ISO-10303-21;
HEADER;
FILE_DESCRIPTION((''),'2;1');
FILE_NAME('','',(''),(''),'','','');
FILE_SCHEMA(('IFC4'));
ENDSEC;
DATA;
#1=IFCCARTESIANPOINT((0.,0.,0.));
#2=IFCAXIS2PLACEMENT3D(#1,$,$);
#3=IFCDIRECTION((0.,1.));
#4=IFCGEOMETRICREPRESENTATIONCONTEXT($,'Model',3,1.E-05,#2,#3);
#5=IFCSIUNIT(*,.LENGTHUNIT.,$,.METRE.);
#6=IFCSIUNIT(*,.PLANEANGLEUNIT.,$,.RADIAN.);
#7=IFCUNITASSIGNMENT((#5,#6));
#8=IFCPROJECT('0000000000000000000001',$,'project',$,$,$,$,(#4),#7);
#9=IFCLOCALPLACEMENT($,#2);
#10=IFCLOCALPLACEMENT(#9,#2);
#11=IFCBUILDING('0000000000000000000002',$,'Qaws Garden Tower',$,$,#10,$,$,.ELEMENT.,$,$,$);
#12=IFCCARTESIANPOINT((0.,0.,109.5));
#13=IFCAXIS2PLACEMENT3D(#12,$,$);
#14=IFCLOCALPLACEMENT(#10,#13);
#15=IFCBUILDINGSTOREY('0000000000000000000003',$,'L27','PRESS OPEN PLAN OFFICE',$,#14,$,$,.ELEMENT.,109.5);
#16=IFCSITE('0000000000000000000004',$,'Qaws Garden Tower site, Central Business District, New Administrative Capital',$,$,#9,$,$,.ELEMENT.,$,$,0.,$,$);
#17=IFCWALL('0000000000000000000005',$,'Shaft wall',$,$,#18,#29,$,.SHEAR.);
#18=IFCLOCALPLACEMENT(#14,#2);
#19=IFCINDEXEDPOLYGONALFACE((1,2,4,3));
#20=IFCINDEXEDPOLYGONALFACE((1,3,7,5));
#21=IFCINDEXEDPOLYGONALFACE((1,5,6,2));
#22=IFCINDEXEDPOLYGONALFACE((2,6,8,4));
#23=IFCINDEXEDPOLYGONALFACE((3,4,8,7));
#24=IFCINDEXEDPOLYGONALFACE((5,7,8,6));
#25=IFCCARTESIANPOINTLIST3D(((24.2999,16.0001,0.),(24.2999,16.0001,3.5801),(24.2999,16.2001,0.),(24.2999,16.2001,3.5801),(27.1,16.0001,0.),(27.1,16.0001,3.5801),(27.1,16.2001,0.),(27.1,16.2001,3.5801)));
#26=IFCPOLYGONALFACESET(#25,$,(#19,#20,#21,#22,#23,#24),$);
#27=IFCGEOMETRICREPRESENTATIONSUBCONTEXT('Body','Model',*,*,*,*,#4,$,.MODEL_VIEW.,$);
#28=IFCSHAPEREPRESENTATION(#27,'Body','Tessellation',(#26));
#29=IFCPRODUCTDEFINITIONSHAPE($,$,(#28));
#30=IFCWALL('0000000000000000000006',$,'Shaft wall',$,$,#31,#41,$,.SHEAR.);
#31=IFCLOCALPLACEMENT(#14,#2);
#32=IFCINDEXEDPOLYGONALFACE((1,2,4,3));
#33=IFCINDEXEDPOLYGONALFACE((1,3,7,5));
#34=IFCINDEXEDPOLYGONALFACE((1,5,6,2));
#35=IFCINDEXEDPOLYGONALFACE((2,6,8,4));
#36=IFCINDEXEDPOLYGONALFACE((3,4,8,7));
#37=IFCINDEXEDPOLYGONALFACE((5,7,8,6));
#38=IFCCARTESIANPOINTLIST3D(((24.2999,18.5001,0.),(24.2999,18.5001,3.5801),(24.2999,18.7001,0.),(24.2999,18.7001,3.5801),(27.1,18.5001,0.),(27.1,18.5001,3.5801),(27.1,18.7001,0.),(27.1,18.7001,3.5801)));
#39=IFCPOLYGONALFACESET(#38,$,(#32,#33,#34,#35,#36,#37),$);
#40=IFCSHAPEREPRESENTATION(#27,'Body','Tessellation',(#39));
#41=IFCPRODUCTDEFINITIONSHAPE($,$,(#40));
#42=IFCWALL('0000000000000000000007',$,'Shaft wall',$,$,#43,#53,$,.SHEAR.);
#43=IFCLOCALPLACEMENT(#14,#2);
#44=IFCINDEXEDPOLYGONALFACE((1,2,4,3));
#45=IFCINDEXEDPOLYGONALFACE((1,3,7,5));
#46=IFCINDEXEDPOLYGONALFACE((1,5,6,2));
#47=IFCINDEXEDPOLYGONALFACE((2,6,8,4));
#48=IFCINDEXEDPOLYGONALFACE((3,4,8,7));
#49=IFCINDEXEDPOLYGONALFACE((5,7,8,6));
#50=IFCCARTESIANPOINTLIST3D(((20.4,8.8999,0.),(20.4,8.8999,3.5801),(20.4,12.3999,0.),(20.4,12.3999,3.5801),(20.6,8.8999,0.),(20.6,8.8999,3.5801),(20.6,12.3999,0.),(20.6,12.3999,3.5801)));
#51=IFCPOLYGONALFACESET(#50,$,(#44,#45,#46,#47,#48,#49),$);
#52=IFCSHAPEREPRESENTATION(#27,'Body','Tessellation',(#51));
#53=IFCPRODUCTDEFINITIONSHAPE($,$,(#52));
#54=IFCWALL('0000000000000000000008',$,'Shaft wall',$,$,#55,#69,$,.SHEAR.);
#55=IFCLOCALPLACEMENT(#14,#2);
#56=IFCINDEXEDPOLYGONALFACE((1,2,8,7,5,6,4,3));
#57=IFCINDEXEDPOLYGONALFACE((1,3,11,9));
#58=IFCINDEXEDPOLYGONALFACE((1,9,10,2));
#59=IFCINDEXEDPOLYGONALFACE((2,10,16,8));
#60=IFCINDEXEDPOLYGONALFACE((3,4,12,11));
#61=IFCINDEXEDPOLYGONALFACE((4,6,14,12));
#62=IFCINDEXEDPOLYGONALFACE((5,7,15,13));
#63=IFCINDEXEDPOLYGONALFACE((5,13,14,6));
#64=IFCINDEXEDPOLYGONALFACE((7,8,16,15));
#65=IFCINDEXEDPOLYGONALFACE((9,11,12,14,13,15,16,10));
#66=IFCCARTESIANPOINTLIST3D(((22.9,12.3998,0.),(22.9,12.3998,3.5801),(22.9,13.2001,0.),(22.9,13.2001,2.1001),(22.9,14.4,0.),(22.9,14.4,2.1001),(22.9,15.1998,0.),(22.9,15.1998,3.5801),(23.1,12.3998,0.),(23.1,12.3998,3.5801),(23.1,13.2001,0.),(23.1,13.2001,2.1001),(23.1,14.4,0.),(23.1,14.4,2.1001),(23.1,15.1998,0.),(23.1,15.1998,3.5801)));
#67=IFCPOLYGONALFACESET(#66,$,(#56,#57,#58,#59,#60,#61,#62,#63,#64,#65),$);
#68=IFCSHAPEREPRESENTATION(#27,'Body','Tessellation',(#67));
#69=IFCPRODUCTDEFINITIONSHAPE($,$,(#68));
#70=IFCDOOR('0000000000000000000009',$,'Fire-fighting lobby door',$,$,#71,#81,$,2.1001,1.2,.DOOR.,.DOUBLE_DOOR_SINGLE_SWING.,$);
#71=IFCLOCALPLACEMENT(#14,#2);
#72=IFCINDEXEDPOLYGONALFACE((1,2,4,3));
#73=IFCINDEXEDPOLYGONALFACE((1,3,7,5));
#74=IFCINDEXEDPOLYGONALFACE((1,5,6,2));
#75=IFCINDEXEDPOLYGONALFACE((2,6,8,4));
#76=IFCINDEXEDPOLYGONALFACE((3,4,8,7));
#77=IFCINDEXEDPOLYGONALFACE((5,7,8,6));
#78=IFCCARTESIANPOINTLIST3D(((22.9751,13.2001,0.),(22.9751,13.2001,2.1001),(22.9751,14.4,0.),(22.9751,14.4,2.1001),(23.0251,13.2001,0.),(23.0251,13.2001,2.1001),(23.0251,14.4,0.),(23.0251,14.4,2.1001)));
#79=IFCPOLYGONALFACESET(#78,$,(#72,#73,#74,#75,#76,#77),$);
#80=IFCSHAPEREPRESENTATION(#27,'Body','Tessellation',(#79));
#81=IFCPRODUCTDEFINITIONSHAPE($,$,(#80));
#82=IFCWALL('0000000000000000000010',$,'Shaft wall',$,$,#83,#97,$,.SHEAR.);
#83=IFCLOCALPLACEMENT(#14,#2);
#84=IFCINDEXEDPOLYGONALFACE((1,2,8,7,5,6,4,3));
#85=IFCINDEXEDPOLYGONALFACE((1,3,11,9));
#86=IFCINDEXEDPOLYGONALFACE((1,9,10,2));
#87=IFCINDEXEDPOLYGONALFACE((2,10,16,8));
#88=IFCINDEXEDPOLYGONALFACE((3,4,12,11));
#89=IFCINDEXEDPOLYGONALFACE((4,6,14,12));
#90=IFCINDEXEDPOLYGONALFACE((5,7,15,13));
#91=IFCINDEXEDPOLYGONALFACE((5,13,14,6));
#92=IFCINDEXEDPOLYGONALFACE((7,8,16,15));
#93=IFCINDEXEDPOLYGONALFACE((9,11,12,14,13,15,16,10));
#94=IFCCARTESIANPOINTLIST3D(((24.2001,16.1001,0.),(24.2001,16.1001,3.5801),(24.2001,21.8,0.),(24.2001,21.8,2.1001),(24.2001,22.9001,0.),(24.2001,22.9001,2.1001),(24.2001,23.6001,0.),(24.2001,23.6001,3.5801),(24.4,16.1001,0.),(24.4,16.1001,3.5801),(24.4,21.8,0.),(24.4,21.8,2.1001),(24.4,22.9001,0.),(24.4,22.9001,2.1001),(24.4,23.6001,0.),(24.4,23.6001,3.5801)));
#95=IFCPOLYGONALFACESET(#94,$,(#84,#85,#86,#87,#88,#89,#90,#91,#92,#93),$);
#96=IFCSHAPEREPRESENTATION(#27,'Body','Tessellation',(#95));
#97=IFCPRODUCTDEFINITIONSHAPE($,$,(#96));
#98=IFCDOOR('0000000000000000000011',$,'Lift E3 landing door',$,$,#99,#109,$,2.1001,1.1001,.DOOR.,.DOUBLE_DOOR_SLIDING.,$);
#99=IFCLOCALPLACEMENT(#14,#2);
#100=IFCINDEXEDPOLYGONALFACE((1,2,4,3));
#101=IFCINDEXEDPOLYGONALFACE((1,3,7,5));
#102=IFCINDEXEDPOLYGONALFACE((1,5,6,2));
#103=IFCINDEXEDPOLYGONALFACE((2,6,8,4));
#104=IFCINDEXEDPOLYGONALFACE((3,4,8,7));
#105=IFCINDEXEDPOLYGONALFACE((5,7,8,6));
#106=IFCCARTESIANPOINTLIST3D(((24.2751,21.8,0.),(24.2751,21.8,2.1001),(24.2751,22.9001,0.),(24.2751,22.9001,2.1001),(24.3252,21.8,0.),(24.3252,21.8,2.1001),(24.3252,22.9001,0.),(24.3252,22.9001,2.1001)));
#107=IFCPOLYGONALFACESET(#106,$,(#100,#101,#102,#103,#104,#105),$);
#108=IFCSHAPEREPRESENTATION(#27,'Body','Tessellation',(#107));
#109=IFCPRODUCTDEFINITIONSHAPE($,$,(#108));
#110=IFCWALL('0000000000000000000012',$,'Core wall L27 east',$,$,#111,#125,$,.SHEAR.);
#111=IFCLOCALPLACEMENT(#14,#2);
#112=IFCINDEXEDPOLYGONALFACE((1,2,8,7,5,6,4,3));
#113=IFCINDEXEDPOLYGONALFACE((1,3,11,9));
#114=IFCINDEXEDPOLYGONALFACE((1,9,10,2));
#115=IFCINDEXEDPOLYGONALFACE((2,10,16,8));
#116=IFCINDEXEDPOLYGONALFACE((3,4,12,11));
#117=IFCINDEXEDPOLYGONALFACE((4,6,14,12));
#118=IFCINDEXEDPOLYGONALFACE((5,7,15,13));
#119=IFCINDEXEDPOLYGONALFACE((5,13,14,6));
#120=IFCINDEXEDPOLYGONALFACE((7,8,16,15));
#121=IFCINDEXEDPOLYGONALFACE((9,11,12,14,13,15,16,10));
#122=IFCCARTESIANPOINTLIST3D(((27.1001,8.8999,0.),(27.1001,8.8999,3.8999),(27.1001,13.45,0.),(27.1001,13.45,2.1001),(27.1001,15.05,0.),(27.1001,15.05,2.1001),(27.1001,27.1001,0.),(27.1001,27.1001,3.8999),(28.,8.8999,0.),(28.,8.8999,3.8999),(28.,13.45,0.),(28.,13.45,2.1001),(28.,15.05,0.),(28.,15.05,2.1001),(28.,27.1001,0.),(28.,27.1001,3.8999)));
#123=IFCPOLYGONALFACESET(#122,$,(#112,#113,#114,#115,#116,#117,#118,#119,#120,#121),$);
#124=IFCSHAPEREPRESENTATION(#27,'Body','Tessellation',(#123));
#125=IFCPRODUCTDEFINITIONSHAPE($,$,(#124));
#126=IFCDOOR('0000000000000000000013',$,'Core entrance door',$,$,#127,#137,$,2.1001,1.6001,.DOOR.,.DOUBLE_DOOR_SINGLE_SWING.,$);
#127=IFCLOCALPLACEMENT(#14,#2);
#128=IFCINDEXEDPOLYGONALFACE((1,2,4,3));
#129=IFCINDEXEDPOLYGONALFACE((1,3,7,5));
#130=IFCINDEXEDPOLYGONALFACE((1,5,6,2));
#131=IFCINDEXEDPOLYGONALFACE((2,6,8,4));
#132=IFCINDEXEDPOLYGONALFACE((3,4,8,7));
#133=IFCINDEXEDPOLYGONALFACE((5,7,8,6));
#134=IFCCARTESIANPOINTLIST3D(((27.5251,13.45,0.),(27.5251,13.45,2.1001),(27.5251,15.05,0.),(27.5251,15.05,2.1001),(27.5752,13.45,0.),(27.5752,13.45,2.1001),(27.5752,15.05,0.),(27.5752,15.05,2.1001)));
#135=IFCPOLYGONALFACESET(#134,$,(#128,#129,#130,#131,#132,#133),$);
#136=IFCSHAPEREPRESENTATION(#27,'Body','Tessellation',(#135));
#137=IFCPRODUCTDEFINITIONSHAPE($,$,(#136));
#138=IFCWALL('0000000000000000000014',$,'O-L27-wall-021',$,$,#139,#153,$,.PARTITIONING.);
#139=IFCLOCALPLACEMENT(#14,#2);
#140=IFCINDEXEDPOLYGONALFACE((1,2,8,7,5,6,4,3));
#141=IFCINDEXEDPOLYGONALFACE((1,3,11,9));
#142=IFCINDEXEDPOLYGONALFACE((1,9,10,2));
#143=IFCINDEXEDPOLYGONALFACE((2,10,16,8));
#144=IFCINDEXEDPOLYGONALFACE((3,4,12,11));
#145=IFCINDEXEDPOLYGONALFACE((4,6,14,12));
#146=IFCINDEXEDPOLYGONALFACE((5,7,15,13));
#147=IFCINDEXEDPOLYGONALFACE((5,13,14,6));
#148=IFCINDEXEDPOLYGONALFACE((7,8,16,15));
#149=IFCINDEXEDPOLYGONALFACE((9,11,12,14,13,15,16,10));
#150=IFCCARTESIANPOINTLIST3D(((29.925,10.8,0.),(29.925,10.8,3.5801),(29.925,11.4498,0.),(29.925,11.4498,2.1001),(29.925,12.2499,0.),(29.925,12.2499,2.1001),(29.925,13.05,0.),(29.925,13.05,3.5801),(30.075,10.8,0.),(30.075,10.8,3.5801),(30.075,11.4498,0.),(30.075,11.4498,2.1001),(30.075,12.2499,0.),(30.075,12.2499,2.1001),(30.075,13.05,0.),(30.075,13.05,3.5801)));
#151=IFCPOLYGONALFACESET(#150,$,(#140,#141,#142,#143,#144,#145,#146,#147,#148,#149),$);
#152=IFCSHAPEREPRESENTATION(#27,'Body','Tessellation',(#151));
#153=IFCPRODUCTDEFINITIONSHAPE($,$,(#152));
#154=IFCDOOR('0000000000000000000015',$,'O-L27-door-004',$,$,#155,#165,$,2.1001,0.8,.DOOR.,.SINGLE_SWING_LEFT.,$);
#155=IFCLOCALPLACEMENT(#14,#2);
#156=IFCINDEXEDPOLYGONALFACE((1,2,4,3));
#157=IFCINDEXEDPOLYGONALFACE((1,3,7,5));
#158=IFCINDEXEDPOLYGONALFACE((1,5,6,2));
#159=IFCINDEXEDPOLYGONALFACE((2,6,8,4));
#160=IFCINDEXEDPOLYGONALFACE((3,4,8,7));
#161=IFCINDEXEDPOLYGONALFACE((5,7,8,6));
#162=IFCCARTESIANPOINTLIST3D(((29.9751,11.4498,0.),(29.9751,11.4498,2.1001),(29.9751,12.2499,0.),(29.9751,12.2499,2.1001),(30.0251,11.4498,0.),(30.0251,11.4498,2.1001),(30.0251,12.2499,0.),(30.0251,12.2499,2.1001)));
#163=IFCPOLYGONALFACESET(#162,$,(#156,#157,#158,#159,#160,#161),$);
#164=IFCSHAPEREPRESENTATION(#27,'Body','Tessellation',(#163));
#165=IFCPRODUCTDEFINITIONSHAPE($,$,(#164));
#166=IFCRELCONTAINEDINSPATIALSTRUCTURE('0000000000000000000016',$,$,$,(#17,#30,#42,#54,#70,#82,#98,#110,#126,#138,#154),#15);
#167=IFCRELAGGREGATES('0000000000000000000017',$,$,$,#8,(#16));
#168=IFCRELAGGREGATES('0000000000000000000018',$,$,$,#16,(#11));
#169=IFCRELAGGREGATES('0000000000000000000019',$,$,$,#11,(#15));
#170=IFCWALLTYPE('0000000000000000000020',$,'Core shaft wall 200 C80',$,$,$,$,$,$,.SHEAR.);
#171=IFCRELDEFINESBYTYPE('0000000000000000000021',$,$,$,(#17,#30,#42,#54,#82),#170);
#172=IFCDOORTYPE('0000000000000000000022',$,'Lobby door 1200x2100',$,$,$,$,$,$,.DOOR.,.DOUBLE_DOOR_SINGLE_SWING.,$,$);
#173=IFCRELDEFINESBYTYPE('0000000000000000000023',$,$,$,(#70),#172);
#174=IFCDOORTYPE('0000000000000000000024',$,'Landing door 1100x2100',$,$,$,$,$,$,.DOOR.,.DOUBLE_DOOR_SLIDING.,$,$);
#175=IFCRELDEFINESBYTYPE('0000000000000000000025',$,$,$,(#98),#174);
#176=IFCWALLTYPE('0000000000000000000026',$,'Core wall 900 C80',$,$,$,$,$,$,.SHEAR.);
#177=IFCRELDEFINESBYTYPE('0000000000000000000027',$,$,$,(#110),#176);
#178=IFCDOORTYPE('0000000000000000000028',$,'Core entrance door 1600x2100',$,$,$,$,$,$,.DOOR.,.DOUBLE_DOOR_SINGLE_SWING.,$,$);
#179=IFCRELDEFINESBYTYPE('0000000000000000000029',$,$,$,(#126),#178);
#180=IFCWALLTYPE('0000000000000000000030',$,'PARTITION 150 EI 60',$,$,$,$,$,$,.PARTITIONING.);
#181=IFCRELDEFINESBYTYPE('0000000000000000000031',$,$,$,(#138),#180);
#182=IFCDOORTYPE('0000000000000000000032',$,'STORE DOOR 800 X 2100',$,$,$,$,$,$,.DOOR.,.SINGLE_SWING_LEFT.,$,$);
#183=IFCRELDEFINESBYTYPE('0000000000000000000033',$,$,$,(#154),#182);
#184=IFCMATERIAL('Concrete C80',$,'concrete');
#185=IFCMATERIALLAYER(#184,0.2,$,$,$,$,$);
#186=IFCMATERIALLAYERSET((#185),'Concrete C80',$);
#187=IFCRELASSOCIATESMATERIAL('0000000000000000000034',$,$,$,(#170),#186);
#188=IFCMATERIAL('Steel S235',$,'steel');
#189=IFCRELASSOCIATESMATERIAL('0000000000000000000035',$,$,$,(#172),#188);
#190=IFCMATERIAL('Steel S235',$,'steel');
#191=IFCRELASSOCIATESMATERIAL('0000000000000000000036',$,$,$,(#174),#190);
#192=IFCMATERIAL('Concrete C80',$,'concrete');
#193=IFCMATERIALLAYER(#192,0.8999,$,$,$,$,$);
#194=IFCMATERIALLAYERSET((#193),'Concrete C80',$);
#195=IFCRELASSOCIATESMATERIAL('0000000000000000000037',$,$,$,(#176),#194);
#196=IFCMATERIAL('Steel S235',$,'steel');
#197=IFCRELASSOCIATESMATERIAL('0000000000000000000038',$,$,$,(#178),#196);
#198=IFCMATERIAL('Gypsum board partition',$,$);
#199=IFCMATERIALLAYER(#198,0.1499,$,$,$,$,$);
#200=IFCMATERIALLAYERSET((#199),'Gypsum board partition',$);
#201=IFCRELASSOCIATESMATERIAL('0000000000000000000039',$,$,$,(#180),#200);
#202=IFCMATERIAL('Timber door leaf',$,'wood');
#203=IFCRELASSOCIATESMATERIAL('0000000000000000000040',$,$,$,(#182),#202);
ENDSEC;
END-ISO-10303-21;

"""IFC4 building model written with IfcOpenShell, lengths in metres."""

from ifc_helpers import new_model, si_unit, direction, frame, frame_2d, origin, place, context, subcontext, project, spatial, rectangle, extrude, material, layer, layer_set, type_object, element, fill, save


model = new_model("IFC4")

# Units and contexts
model_context = context("Model", 3, precision=1e-05, world=origin(), true_north=direction((0.0, 1.0)))
body_context = subcontext(model_context, "Body", "Model", "MODEL_VIEW")
ifc_project = project(units=[si_unit("LENGTHUNIT", "METRE"), si_unit("PLANEANGLEUNIT", "RADIAN")], contexts=[model_context])

# Site, building, storey
site_placement = place(None, origin())
site = spatial("IfcSite", under=ifc_project, at=site_placement, Name="Qaws Garden Tower site, Central Business District, New Administrative Capital", CompositionType="ELEMENT", RefElevation=0.0)
building_placement = place(site_placement, origin())
building = spatial("IfcBuilding", under=site, at=building_placement, Name="Qaws Garden Tower", CompositionType="ELEMENT")
storey_placement = place(building_placement, frame((0.0, 0.0, 109.5)))
storey = spatial("IfcBuildingStorey", under=building, at=storey_placement, Name="L27", Description="PRESS OPEN PLAN OFFICE", CompositionType="ELEMENT", Elevation=109.5)

# Walls
ifc_material_1 = material(Name="Concrete C80", Category="concrete")
ifc_layer_1 = layer(ifc_material_1, 0.2)
ifc_layer_set_1 = layer_set([ifc_layer_1], Name="Concrete C80")
wall_type_1 = type_object("IfcWallType", Name="Core shaft wall 200 C80", PredefinedType="SHEAR", material=ifc_layer_set_1)
for number, where, z_axis, x_axis, name in (
    (1, (24.3, 16.1001, 0.0), (0.0, 0.0, 1.0), (1.0, 0.0, 0.0), "Shaft wall"),
    (2, (24.3, 18.6001, 0.0), (0.0, 0.0, 1.0), (1.0, 0.0, 0.0), "Shaft wall"),
):
    element("IfcWall", number, at=place(storey_placement, frame(where, z_axis=z_axis, x_axis=x_axis)), inside=storey, type_object=wall_type_1, Name=name, PredefinedType="SHEAR", context=body_context, shape_type="SweptSolid", body=[
        extrude(rectangle(XDim=2.8, YDim=0.2, at=frame_2d((1.3999, 0.0))), origin(), (0.0, 0.0, 1.0), 3.5801),
    ])
wall_1_placement = place(storey_placement, frame((20.5, 8.8999, 0.0), z_axis=(0.0, 0.0, 1.0), x_axis=(0.0, 1.0, 0.0)))
element("IfcWall", 3, at=wall_1_placement, inside=storey, type_object=wall_type_1, Name="Shaft wall", PredefinedType="SHEAR", context=body_context, shape_type="SweptSolid", body=[
    extrude(rectangle(XDim=3.5, YDim=0.2, at=frame_2d((1.75, 0.0))), origin(), (0.0, 0.0, 1.0), 3.5801),
])

# Walls, openings, doors
wall_2_placement = place(storey_placement, frame((23.0, 12.3999, 0.0), z_axis=(0.0, 0.0, 1.0), x_axis=(0.0, 1.0, 0.0)))
wall_2 = element("IfcWall", 4, at=wall_2_placement, inside=storey, type_object=wall_type_1, Name="Shaft wall", PredefinedType="SHEAR", context=body_context, shape_type="SweptSolid", body=[
    extrude(rectangle(XDim=2.8, YDim=0.2, at=frame_2d((1.3999, 0.0))), origin(), (0.0, 0.0, 1.0), 3.5801),
])
opening_1_placement = place(wall_2_placement, frame((0.8, 0.0, 0.0)))
opening_1 = element("IfcOpeningElement", 5, at=opening_1_placement, cuts=wall_2, PredefinedType="OPENING", context=body_context, shape_type="SweptSolid", body=[
    extrude(rectangle(XDim=1.2, YDim=2.1001, at=frame_2d((0.6001, 1.05))), frame((0.0, 0.1099, 0.0), z_axis=(0.0, -1.0, 0.0), x_axis=(1.0, 0.0, 0.0)), (0.0, 0.0, 1.0), 0.22),
])
ifc_material_2 = material(Name="Steel S235", Category="steel")
door_type_1 = type_object("IfcDoorType", Name="Lobby door 1200x2100", OperationType="DOUBLE_DOOR_SINGLE_SWING", PredefinedType="DOOR", material=ifc_material_2)
door_1_placement = place(opening_1_placement, origin())
door_1 = element("IfcDoor", 6, at=door_1_placement, inside=storey, type_object=door_type_1, Name="Fire-fighting lobby door", OperationType="DOUBLE_DOOR_SINGLE_SWING", OverallHeight=2.1001, OverallWidth=1.2, PredefinedType="DOOR", context=body_context, shape_type="SweptSolid", body=[
    extrude(rectangle(XDim=1.2, YDim=2.1001, at=frame_2d((0.6001, 1.05))), frame((0.0, 0.0249, 0.0), z_axis=(0.0, -1.0, 0.0), x_axis=(1.0, 0.0, 0.0)), (0.0, 0.0, 1.0), 0.05),
])
fill(opening_1, door_1)
wall_3_placement = place(storey_placement, frame((24.3, 16.1001, 0.0), z_axis=(0.0, 0.0, 1.0), x_axis=(0.0, 1.0, 0.0)))
wall_3 = element("IfcWall", 7, at=wall_3_placement, inside=storey, type_object=wall_type_1, Name="Shaft wall", PredefinedType="SHEAR", context=body_context, shape_type="SweptSolid", body=[
    extrude(rectangle(XDim=7.5, YDim=0.2, at=frame_2d((3.75, 0.0))), origin(), (0.0, 0.0, 1.0), 3.5801),
])
opening_2_placement = place(wall_3_placement, frame((5.7, 0.0, 0.0)))
opening_2 = element("IfcOpeningElement", 8, at=opening_2_placement, cuts=wall_3, PredefinedType="OPENING", context=body_context, shape_type="SweptSolid", body=[
    extrude(rectangle(XDim=1.1001, YDim=2.1001, at=frame_2d((0.55, 1.05))), frame((0.0, 0.1099, 0.0), z_axis=(0.0, -1.0, 0.0), x_axis=(1.0, 0.0, 0.0)), (0.0, 0.0, 1.0), 0.22),
])
ifc_material_3 = material(Name="Steel S235", Category="steel")
door_type_2 = type_object("IfcDoorType", Name="Landing door 1100x2100", OperationType="DOUBLE_DOOR_SLIDING", PredefinedType="DOOR", material=ifc_material_3)
door_2_placement = place(opening_2_placement, origin())
door_2 = element("IfcDoor", 9, at=door_2_placement, inside=storey, type_object=door_type_2, Name="Lift E3 landing door", OperationType="DOUBLE_DOOR_SLIDING", OverallHeight=2.1001, OverallWidth=1.1001, PredefinedType="DOOR", context=body_context, shape_type="SweptSolid", body=[
    extrude(rectangle(XDim=1.1001, YDim=2.1001, at=frame_2d((0.55, 1.05))), frame((0.0, 0.0249, 0.0), z_axis=(0.0, -1.0, 0.0), x_axis=(1.0, 0.0, 0.0)), (0.0, 0.0, 1.0), 0.05),
])
fill(opening_2, door_2)
ifc_material_4 = material(Name="Concrete C80", Category="concrete")
ifc_layer_2 = layer(ifc_material_4, 0.8999)
ifc_layer_set_2 = layer_set([ifc_layer_2], Name="Concrete C80")
wall_type_2 = type_object("IfcWallType", Name="Core wall 900 C80", PredefinedType="SHEAR", material=ifc_layer_set_2)
wall_4_placement = place(storey_placement, frame((27.55, 8.8999, 0.0), z_axis=(0.0, 0.0, 1.0), x_axis=(0.0, 1.0, 0.0)))
wall_4 = element("IfcWall", 10, at=wall_4_placement, inside=storey, type_object=wall_type_2, Name="Core wall L27 east", PredefinedType="SHEAR", context=body_context, shape_type="SweptSolid", body=[
    extrude(rectangle(XDim=18.2002, YDim=0.8999, at=frame_2d((9.1001, 0.0))), origin(), (0.0, 0.0, 1.0), 3.8999),
])
opening_3_placement = place(wall_4_placement, frame((4.55, 0.0, 0.0)))
opening_3 = element("IfcOpeningElement", 11, at=opening_3_placement, cuts=wall_4, PredefinedType="OPENING", context=body_context, shape_type="SweptSolid", body=[
    extrude(rectangle(XDim=1.6001, YDim=2.1001, at=frame_2d((0.8, 1.05))), frame((0.0, 0.46, 0.0), z_axis=(0.0, -1.0, 0.0), x_axis=(1.0, 0.0, 0.0)), (0.0, 0.0, 1.0), 0.9199),
])
ifc_material_5 = material(Name="Steel S235", Category="steel")
door_type_3 = type_object("IfcDoorType", Name="Core entrance door 1600x2100", OperationType="DOUBLE_DOOR_SINGLE_SWING", PredefinedType="DOOR", material=ifc_material_5)
door_3_placement = place(opening_3_placement, origin())
door_3 = element("IfcDoor", 12, at=door_3_placement, inside=storey, type_object=door_type_3, Name="Core entrance door", OperationType="DOUBLE_DOOR_SINGLE_SWING", OverallHeight=2.1001, OverallWidth=1.6001, PredefinedType="DOOR", context=body_context, shape_type="SweptSolid", body=[
    extrude(rectangle(XDim=1.6001, YDim=2.1001, at=frame_2d((0.8, 1.05))), frame((0.0, 0.0249, 0.0), z_axis=(0.0, -1.0, 0.0), x_axis=(1.0, 0.0, 0.0)), (0.0, 0.0, 1.0), 0.05),
])
fill(opening_3, door_3)
ifc_material_6 = material(Name="Gypsum board partition")
ifc_layer_3 = layer(ifc_material_6, 0.1499)
ifc_layer_set_3 = layer_set([ifc_layer_3], Name="Gypsum board partition")
wall_type_3 = type_object("IfcWallType", Name="PARTITION 150 EI 60", PredefinedType="PARTITIONING", material=ifc_layer_set_3)
wall_5_placement = place(storey_placement, frame((30.0, 10.8, 0.0), z_axis=(0.0, 0.0, 1.0), x_axis=(0.0, 1.0, 0.0)))
wall_5 = element("IfcWall", 13, at=wall_5_placement, inside=storey, type_object=wall_type_3, Name="O-L27-wall-021", PredefinedType="PARTITIONING", context=body_context, shape_type="SweptSolid", body=[
    extrude(rectangle(XDim=2.25, YDim=0.1499, at=frame_2d((1.125, 0.0))), origin(), (0.0, 0.0, 1.0), 3.5801),
])
opening_4_placement = place(wall_5_placement, frame((0.6499, 0.0, 0.0)))
opening_4 = element("IfcOpeningElement", 14, at=opening_4_placement, cuts=wall_5, PredefinedType="OPENING", context=body_context, shape_type="SweptSolid", body=[
    extrude(rectangle(XDim=0.8, YDim=2.1001, at=frame_2d((0.3999, 1.05))), frame((0.0, 0.085, 0.0), z_axis=(0.0, -1.0, 0.0), x_axis=(1.0, 0.0, 0.0)), (0.0, 0.0, 1.0), 0.1699),
])
ifc_material_7 = material(Name="Timber door leaf", Category="wood")
door_type_4 = type_object("IfcDoorType", Name="STORE DOOR 800 X 2100", OperationType="SINGLE_SWING_LEFT", PredefinedType="DOOR", material=ifc_material_7)
door_4_placement = place(opening_4_placement, origin())
door_4 = element("IfcDoor", 15, at=door_4_placement, inside=storey, type_object=door_type_4, Name="O-L27-door-004", OperationType="SINGLE_SWING_LEFT", OverallHeight=2.1001, OverallWidth=0.8, PredefinedType="DOOR", context=body_context, shape_type="SweptSolid", body=[
    extrude(rectangle(XDim=0.8, YDim=2.1001, at=frame_2d((0.3999, 1.05))), frame((0.0, 0.0249, 0.0), z_axis=(0.0, -1.0, 0.0), x_axis=(1.0, 0.0, 0.0)), (0.0, 0.0, 1.0), 0.05),
])
fill(opening_4, door_4)

save(model, "model.ifc")
